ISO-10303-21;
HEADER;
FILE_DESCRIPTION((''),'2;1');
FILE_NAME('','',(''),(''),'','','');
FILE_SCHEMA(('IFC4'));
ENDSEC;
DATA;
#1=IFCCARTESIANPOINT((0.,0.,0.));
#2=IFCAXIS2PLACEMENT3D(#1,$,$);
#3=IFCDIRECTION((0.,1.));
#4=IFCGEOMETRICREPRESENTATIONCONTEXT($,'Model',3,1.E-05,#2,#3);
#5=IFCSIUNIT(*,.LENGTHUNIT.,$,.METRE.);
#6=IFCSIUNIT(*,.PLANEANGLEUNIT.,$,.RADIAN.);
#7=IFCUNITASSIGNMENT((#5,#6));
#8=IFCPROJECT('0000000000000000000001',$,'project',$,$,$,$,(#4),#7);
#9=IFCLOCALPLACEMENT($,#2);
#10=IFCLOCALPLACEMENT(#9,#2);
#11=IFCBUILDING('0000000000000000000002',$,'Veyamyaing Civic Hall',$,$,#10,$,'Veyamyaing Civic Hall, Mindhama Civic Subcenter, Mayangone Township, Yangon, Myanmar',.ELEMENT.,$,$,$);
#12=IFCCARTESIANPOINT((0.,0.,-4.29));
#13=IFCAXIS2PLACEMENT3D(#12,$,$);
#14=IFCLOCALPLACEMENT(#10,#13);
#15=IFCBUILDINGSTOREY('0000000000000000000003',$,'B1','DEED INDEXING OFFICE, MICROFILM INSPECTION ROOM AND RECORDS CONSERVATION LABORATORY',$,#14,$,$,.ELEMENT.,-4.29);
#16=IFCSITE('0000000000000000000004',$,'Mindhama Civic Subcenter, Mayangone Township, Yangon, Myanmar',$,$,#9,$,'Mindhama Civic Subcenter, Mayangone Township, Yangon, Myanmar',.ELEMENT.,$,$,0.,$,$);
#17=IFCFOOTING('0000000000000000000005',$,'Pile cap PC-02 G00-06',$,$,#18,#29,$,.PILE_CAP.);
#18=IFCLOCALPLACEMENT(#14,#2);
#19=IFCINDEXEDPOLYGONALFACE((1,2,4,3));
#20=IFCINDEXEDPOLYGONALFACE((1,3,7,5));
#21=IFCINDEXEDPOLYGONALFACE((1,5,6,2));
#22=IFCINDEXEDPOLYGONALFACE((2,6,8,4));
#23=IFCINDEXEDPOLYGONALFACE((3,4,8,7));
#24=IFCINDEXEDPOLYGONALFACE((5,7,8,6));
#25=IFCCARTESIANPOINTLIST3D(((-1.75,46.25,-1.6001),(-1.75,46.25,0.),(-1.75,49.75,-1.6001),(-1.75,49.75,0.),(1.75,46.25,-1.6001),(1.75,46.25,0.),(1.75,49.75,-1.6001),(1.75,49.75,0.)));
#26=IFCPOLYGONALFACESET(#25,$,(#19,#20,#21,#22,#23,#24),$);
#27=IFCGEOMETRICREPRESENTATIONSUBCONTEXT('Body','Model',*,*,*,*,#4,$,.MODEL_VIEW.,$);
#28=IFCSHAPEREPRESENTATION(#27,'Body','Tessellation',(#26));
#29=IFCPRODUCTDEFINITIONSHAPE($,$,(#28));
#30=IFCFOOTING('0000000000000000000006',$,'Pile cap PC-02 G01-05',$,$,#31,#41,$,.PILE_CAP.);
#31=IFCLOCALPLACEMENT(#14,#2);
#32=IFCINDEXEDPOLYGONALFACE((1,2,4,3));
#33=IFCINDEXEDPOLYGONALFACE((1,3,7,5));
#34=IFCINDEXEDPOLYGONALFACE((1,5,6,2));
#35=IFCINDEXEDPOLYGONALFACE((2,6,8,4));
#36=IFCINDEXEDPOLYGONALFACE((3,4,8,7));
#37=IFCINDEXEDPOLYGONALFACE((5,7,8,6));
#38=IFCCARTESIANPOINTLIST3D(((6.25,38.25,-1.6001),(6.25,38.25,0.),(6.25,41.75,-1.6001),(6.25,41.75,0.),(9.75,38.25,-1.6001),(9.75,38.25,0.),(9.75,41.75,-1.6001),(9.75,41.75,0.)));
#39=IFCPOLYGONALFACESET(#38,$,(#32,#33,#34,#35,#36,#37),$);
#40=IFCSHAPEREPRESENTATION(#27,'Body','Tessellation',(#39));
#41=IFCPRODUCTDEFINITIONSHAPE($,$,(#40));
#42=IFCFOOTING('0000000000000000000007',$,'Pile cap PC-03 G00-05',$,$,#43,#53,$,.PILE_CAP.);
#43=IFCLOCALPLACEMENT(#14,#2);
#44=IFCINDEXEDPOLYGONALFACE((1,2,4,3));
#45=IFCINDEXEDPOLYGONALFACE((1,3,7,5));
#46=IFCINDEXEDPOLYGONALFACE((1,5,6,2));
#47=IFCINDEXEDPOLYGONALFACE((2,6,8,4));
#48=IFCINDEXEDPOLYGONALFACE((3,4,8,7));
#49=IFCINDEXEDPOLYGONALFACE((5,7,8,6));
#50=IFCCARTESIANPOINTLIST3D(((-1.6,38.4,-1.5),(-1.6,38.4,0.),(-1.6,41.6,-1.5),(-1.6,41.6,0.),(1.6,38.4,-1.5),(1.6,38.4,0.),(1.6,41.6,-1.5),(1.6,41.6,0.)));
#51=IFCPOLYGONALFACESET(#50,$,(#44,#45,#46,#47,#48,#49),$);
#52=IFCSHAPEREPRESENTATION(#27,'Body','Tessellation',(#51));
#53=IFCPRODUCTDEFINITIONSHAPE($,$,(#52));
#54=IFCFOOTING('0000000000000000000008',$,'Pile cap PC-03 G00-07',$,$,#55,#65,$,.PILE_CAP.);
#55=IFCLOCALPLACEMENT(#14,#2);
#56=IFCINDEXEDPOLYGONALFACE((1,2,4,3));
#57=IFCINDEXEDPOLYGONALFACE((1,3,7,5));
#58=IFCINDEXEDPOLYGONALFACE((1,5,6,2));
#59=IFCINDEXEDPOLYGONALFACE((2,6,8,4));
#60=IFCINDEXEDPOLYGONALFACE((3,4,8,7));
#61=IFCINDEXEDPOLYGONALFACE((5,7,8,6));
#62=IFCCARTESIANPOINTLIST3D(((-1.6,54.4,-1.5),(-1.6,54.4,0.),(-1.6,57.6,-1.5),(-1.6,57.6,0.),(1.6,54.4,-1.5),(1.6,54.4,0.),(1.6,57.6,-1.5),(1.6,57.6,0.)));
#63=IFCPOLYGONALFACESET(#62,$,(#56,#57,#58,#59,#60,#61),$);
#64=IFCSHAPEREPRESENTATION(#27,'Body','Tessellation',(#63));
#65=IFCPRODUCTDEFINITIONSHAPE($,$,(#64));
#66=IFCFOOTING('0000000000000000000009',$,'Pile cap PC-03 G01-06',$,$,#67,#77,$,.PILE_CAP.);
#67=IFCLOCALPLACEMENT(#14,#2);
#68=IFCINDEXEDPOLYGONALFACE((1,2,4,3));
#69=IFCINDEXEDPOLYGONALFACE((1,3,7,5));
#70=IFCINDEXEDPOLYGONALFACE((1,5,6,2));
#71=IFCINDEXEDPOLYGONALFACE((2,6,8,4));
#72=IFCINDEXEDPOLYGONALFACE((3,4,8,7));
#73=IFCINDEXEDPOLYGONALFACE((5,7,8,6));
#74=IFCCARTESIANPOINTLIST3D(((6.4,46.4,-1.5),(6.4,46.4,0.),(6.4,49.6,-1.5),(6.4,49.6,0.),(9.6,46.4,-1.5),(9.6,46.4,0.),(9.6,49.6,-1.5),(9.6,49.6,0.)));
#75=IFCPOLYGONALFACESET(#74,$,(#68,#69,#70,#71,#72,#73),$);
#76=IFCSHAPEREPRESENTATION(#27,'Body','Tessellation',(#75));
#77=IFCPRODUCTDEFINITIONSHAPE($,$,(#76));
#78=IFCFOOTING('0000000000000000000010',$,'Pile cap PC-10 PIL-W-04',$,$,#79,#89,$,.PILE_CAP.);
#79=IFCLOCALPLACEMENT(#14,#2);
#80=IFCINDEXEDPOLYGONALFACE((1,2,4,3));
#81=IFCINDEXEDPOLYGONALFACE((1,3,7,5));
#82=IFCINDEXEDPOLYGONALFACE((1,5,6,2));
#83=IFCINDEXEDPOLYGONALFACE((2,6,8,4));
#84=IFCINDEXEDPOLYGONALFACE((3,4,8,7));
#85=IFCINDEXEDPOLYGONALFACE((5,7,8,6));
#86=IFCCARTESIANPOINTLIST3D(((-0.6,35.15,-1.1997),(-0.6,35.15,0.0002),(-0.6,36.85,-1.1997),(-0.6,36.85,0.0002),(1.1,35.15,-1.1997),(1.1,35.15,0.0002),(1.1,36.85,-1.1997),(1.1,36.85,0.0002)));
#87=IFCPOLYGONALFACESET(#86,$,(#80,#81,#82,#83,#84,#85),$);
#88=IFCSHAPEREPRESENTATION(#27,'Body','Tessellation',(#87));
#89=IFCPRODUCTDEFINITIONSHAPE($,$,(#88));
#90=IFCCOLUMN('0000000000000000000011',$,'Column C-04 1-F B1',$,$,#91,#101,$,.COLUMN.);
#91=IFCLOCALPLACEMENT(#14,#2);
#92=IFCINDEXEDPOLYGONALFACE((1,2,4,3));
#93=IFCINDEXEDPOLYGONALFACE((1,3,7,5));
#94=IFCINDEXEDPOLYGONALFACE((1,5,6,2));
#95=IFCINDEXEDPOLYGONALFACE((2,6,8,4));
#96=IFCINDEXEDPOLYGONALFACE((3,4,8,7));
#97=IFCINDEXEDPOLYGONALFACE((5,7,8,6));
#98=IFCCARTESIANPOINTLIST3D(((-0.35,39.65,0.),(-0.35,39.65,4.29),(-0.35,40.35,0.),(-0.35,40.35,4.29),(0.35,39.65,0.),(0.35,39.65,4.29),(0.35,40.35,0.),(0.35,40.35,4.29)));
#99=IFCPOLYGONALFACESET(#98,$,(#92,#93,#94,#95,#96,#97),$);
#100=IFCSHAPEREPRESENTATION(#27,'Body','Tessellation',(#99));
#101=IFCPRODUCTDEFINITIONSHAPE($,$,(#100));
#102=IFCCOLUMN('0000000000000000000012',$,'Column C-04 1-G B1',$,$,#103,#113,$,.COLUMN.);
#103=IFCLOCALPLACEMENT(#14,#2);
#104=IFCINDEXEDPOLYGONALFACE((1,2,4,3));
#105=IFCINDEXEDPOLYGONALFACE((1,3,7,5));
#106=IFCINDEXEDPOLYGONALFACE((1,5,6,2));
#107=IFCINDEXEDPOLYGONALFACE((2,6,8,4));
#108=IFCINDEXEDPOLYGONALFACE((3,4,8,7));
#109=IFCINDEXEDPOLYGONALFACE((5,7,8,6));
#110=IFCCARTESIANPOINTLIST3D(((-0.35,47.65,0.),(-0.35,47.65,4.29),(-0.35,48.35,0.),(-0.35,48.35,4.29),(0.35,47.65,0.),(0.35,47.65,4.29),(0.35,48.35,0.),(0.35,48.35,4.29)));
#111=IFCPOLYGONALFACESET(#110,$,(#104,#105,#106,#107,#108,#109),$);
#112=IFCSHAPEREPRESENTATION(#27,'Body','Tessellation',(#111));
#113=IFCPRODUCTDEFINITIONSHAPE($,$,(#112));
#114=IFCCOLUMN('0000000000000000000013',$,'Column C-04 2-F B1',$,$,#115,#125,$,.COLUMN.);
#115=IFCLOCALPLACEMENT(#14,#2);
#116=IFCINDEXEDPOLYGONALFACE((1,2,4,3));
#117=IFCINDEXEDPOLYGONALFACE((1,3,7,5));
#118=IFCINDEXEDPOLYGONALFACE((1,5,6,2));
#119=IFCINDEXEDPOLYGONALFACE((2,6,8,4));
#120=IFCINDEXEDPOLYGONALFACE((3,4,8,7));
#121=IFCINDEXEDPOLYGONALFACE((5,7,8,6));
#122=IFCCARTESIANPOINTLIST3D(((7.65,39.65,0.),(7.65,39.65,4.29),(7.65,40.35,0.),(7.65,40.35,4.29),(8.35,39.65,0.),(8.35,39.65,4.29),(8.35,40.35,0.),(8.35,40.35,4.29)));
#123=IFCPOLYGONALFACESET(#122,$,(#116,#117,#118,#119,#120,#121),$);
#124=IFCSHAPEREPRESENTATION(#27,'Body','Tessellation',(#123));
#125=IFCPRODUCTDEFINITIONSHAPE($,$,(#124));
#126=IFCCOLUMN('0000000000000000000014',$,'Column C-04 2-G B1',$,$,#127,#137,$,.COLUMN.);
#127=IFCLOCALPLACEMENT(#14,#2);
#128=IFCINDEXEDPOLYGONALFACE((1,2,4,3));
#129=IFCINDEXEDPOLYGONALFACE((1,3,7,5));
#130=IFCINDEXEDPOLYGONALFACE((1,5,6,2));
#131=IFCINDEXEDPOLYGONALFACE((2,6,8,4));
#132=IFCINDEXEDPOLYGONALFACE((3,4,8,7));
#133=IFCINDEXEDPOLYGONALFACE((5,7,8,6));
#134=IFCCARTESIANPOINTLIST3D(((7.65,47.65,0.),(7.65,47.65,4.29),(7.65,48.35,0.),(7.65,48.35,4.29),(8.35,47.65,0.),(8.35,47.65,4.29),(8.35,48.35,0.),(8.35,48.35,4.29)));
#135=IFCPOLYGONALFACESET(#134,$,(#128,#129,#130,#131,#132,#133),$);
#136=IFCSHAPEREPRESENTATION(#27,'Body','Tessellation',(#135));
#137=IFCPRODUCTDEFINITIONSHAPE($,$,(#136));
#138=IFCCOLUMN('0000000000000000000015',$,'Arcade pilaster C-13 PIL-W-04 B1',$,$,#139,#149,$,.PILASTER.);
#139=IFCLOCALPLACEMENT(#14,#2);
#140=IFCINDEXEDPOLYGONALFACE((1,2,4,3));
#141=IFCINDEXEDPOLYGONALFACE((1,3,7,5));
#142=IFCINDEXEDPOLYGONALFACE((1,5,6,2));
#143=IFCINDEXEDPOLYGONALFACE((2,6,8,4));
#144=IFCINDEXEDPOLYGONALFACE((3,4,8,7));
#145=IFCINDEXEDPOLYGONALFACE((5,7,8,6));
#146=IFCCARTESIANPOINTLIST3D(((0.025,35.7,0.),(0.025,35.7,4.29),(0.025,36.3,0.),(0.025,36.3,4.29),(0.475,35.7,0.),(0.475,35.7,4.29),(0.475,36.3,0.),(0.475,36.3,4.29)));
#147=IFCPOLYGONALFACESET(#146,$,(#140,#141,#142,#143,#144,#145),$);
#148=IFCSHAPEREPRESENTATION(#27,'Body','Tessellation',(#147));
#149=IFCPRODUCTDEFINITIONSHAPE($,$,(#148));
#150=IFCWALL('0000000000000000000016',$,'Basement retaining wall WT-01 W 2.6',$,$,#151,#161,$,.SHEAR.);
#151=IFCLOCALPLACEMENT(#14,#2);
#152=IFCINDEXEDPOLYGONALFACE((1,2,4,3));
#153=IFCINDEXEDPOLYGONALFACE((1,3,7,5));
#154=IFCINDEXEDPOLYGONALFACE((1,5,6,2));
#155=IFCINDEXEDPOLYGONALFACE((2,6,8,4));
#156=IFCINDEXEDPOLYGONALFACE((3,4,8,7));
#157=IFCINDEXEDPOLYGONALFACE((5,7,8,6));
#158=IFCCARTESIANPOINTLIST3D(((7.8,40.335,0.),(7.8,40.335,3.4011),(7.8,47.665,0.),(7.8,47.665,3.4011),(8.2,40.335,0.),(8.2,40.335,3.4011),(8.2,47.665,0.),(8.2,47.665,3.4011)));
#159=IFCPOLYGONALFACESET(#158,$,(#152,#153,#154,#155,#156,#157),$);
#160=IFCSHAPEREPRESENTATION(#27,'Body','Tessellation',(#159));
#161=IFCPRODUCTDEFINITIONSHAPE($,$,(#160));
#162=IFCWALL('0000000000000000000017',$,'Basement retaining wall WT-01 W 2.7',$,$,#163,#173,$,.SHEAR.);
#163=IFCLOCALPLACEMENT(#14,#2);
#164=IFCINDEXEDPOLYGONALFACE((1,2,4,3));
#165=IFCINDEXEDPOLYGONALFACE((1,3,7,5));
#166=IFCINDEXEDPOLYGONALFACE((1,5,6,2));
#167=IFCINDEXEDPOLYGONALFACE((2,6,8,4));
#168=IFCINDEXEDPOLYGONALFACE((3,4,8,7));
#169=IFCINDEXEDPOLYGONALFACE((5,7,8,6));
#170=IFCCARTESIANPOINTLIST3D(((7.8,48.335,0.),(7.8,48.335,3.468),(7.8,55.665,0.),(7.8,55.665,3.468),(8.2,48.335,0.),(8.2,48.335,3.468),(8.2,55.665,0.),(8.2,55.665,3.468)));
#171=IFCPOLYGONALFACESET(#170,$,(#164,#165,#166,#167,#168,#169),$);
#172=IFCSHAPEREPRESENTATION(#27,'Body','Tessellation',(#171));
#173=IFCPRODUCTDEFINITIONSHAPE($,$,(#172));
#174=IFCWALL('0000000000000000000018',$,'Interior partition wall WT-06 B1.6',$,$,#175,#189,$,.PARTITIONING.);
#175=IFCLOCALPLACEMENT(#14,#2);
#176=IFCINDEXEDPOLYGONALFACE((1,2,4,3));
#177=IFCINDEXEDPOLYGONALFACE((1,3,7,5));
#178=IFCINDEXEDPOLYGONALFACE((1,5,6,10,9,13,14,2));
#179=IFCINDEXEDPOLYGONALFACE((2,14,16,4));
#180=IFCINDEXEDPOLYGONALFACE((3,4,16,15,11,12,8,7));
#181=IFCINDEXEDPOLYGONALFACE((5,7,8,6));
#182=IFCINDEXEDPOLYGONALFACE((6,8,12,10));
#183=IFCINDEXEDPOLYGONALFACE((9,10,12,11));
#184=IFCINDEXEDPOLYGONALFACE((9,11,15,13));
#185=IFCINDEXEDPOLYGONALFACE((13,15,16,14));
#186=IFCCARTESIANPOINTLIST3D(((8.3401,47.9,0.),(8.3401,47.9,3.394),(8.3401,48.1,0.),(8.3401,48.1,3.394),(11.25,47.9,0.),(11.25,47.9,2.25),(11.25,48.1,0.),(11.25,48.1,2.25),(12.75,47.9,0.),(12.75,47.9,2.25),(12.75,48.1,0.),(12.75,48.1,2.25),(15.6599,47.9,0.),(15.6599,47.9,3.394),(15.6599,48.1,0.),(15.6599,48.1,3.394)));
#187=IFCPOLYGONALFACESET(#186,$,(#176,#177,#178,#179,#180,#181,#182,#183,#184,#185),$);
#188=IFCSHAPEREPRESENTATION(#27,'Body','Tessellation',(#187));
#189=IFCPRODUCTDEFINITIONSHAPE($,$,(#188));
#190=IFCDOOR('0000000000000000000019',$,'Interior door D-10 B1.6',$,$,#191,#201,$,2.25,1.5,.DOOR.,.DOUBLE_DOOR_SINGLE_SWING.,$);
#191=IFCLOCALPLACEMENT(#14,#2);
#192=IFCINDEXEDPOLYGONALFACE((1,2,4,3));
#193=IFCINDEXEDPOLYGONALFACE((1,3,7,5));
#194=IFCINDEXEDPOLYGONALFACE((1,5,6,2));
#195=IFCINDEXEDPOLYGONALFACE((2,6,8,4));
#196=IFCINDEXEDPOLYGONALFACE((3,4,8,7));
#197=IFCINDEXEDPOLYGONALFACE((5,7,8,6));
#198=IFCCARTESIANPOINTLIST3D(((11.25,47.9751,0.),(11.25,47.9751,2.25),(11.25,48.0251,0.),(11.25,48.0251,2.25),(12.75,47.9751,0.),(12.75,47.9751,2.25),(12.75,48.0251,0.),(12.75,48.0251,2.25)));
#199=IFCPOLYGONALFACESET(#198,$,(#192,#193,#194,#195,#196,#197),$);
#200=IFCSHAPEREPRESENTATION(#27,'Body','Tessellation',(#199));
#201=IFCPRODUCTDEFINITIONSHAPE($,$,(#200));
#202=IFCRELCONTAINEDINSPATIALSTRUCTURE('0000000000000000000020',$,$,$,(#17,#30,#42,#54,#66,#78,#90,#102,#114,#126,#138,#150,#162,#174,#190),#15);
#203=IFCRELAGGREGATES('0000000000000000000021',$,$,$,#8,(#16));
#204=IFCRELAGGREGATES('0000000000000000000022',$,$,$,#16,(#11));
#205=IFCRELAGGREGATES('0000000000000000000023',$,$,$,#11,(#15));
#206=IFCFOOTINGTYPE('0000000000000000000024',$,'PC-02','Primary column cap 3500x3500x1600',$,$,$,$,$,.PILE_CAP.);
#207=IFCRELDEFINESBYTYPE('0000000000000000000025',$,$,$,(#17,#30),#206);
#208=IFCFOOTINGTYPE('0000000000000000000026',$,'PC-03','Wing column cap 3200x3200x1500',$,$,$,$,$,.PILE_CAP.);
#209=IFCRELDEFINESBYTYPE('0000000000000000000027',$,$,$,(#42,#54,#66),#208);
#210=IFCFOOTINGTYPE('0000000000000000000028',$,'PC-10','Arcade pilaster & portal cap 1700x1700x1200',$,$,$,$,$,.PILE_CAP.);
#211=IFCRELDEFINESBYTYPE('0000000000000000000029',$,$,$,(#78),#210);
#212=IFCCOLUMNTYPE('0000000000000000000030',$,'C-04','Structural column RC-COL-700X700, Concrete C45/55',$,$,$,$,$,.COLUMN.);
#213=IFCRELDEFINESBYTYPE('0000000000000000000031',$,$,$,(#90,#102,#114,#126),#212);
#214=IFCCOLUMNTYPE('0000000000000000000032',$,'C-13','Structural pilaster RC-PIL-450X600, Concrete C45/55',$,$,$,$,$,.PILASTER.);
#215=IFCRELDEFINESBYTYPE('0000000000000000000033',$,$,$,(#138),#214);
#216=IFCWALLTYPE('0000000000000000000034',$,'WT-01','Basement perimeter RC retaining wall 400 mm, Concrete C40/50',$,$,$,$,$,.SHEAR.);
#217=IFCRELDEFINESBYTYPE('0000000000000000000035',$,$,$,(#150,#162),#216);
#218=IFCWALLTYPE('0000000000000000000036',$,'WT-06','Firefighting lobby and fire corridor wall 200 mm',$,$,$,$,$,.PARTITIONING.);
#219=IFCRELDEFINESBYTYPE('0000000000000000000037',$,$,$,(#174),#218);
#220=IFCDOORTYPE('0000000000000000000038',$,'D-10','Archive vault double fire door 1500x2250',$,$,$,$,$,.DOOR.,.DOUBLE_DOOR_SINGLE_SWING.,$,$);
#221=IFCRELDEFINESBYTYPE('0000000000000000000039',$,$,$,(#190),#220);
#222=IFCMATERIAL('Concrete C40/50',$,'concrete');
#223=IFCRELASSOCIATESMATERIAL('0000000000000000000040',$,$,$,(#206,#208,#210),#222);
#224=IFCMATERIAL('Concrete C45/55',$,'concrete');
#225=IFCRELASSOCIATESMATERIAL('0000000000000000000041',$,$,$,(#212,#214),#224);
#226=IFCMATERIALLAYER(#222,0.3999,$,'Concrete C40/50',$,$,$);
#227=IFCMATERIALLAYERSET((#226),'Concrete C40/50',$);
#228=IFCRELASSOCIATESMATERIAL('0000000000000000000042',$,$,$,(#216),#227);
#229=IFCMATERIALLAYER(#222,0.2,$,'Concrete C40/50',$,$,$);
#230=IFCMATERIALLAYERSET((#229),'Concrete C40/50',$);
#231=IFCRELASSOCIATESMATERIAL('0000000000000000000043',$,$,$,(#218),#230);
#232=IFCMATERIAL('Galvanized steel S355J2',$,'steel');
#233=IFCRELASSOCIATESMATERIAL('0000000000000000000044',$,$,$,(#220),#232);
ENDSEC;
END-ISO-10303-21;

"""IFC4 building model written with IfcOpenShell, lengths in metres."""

from ifc_helpers import new_model, si_unit, direction, frame, frame_2d, origin, origin_2d, place, context, subcontext, project, spatial, rectangle, extrude, material, layer, layer_set, material_profile, profile_set, type_object, element, fill, save


model = new_model("IFC4")

# Units and contexts
model_context = context("Model", 3, precision=1e-05, world=origin(), true_north=direction((0.0, 1.0)))
body_context = subcontext(model_context, "Body", "Model", "MODEL_VIEW")
ifc_project = project(units=[si_unit("LENGTHUNIT", "METRE"), si_unit("PLANEANGLEUNIT", "RADIAN")], contexts=[model_context])

# Site, building, storey
site_placement = place(None, origin())
site = spatial("IfcSite", under=ifc_project, at=site_placement, Name="Mindhama Civic Subcenter, Mayangone Township, Yangon, Myanmar", LongName="Mindhama Civic Subcenter, Mayangone Township, Yangon, Myanmar", CompositionType="ELEMENT", RefElevation=0.0)
building_placement = place(site_placement, origin())
building = spatial("IfcBuilding", under=site, at=building_placement, Name="Veyamyaing Civic Hall", LongName="Veyamyaing Civic Hall, Mindhama Civic Subcenter, Mayangone Township, Yangon, Myanmar", CompositionType="ELEMENT")
storey_placement = place(building_placement, frame((0.0, 0.0, -4.29)))
storey = spatial("IfcBuildingStorey", under=building, at=storey_placement, Name="B1", Description="DEED INDEXING OFFICE, MICROFILM INSPECTION ROOM AND RECORDS CONSERVATION LABORATORY", CompositionType="ELEMENT", Elevation=-4.29)

# Shared definitions
ifc_material_1 = material(Name="Concrete C40/50", Category="concrete")

# Footings
footing_type_1 = type_object("IfcFootingType", Name="PC-02", Description="Primary column cap 3500x3500x1600", PredefinedType="PILE_CAP", material=ifc_material_1)
for number, where, z_axis, x_axis, name in (
    (1, (0.0, 48.0, -1.6001), (0.0, 0.0, 1.0), (1.0, 0.0, 0.0), "Pile cap PC-02 G00-06"),
    (2, (8.0, 40.0, -1.6001), (0.0, 0.0, 1.0), (1.0, 0.0, 0.0), "Pile cap PC-02 G01-05"),
):
    element("IfcFooting", number, at=place(storey_placement, frame(where, z_axis=z_axis, x_axis=x_axis)), inside=storey, type_object=footing_type_1, Name=name, PredefinedType="PILE_CAP", context=body_context, shape_type="SweptSolid", body=[
        extrude(rectangle(XDim=3.5, YDim=3.5, at=origin_2d()), origin(), (0.0, 0.0, 1.0), 1.6001),
    ])
footing_type_2 = type_object("IfcFootingType", Name="PC-03", Description="Wing column cap 3200x3200x1500", PredefinedType="PILE_CAP", material=ifc_material_1)
for number, where, z_axis, x_axis, name in (
    (3, (0.0, 40.0, -1.5), (0.0, 0.0, 1.0), (1.0, 0.0, 0.0), "Pile cap PC-03 G00-05"),
    (4, (0.0, 56.0, -1.5), (0.0, 0.0, 1.0), (1.0, 0.0, 0.0), "Pile cap PC-03 G00-07"),
    (5, (8.0, 48.0, -1.5), (0.0, 0.0, 1.0), (1.0, 0.0, 0.0), "Pile cap PC-03 G01-06"),
):
    element("IfcFooting", number, at=place(storey_placement, frame(where, z_axis=z_axis, x_axis=x_axis)), inside=storey, type_object=footing_type_2, Name=name, PredefinedType="PILE_CAP", context=body_context, shape_type="SweptSolid", body=[
        extrude(rectangle(XDim=3.2, YDim=3.2, at=origin_2d()), origin(), (0.0, 0.0, 1.0), 1.5),
    ])
footing_type_3 = type_object("IfcFootingType", Name="PC-10", Description="Arcade pilaster & portal cap 1700x1700x1200", PredefinedType="PILE_CAP", material=ifc_material_1)
footing_1_placement = place(storey_placement, frame((0.25, 36.0, -1.1997), z_axis=(0.0, 0.0, 1.0), x_axis=(1.0, 0.0, 0.0)))
element("IfcFooting", 6, at=footing_1_placement, inside=storey, type_object=footing_type_3, Name="Pile cap PC-10 PIL-W-04", PredefinedType="PILE_CAP", context=body_context, shape_type="SweptSolid", body=[
    extrude(rectangle(XDim=1.7, YDim=1.7, at=origin_2d()), origin(), (0.0, 0.0, 1.0), 1.2),
])

# Columns
ifc_material_2 = material(Name="Concrete C45/55", Category="concrete")
ifc_material_profile_1 = material_profile(ifc_material_2, rectangle(XDim=0.7, YDim=0.7, at=origin_2d()), Name="RC-COL-700X700")
ifc_profile_set_1 = profile_set([ifc_material_profile_1], Name="Concrete C45/55")
column_type_1 = type_object("IfcColumnType", Name="C-04", Description="Structural column RC-COL-700X700, Concrete C45/55", PredefinedType="COLUMN", material=ifc_profile_set_1)
for number, where, z_axis, x_axis, name in (
    (7, (0.0, 40.0, 0.0), (0.0, 0.0, 1.0), (1.0, 0.0, 0.0), "Column C-04 1-F B1"),
    (8, (0.0, 48.0, 0.0), (0.0, 0.0, 1.0), (1.0, 0.0, 0.0), "Column C-04 1-G B1"),
    (9, (8.0, 40.0, 0.0), (0.0, 0.0, 1.0), (1.0, 0.0, 0.0), "Column C-04 2-F B1"),
    (10, (8.0, 48.0, 0.0), (0.0, 0.0, 1.0), (1.0, 0.0, 0.0), "Column C-04 2-G B1"),
):
    element("IfcColumn", number, at=place(storey_placement, frame(where, z_axis=z_axis, x_axis=x_axis)), inside=storey, type_object=column_type_1, Name=name, PredefinedType="COLUMN", context=body_context, shape_type="SweptSolid", body=[
        extrude(rectangle(XDim=0.7, YDim=0.7, at=origin_2d()), origin(), (0.0, 0.0, 1.0), 4.29),
    ])
ifc_material_profile_2 = material_profile(ifc_material_2, rectangle(XDim=0.45, YDim=0.6001, at=origin_2d()), Name="RC-PIL-450X600")
ifc_profile_set_2 = profile_set([ifc_material_profile_2], Name="Concrete C45/55")
column_type_2 = type_object("IfcColumnType", Name="C-13", Description="Structural pilaster RC-PIL-450X600, Concrete C45/55", PredefinedType="PILASTER", material=ifc_profile_set_2)
column_placement = place(storey_placement, frame((0.25, 36.0, 0.0), z_axis=(0.0, 0.0, 1.0), x_axis=(1.0, 0.0, 0.0)))
element("IfcColumn", 11, at=column_placement, inside=storey, type_object=column_type_2, Name="Arcade pilaster C-13 PIL-W-04 B1", PredefinedType="PILASTER", context=body_context, shape_type="SweptSolid", body=[
    extrude(rectangle(XDim=0.45, YDim=0.6001, at=origin_2d()), origin(), (0.0, 0.0, 1.0), 4.29),
])

# Walls
ifc_layer_1 = layer(ifc_material_1, 0.3999, Name="Concrete C40/50")
ifc_layer_set_1 = layer_set([ifc_layer_1], Name="Concrete C40/50")
wall_type_1 = type_object("IfcWallType", Name="WT-01", Description="Basement perimeter RC retaining wall 400 mm, Concrete C40/50", PredefinedType="SHEAR", material=ifc_layer_set_1)
wall_1_placement = place(storey_placement, frame((8.0, 40.335, 0.0), z_axis=(0.0, 0.0, 1.0), x_axis=(0.0, 1.0, 0.0)))
element("IfcWall", 12, at=wall_1_placement, inside=storey, type_object=wall_type_1, Name="Basement retaining wall WT-01 W 2.6", PredefinedType="SHEAR", context=body_context, shape_type="SweptSolid", body=[
    extrude(rectangle(XDim=7.3301, YDim=0.3999, at=frame_2d((3.665, 0.0))), origin(), (0.0, 0.0, 1.0), 3.4011),
])
wall_2_placement = place(storey_placement, frame((8.0, 48.335, 0.0), z_axis=(0.0, 0.0, 1.0), x_axis=(0.0, 1.0, 0.0)))
element("IfcWall", 13, at=wall_2_placement, inside=storey, type_object=wall_type_1, Name="Basement retaining wall WT-01 W 2.7", PredefinedType="SHEAR", context=body_context, shape_type="SweptSolid", body=[
    extrude(rectangle(XDim=7.3301, YDim=0.3999, at=frame_2d((3.665, 0.0))), origin(), (0.0, 0.0, 1.0), 3.468),
])

# Wall, opening, door
ifc_layer_2 = layer(ifc_material_1, 0.2, Name="Concrete C40/50")
ifc_layer_set_2 = layer_set([ifc_layer_2], Name="Concrete C40/50")
wall_type_2 = type_object("IfcWallType", Name="WT-06", Description="Firefighting lobby and fire corridor wall 200 mm", PredefinedType="PARTITIONING", material=ifc_layer_set_2)
wall_3_placement = place(storey_placement, frame((8.3401, 48.0, 0.0), z_axis=(0.0, 0.0, 1.0), x_axis=(1.0, 0.0, 0.0)))
wall_3 = element("IfcWall", 14, at=wall_3_placement, inside=storey, type_object=wall_type_2, Name="Interior partition wall WT-06 B1.6", PredefinedType="PARTITIONING", context=body_context, shape_type="SweptSolid", body=[
    extrude(rectangle(XDim=7.3198, YDim=0.2, at=frame_2d((3.6599, 0.0))), origin(), (0.0, 0.0, 1.0), 3.394),
])
opening_1_placement = place(wall_3_placement, frame((2.9099, 0.0, 0.0)))
opening_1 = element("IfcOpeningElement", 15, at=opening_1_placement, cuts=wall_3, PredefinedType="OPENING", context=body_context, shape_type="SweptSolid", body=[
    extrude(rectangle(XDim=1.5, YDim=2.25, at=frame_2d((0.75, 1.125))), frame((0.0, 0.1099, 0.0), z_axis=(0.0, -1.0, 0.0), x_axis=(1.0, 0.0, 0.0)), (0.0, 0.0, 1.0), 0.22),
])
ifc_material_3 = material(Name="Galvanized steel S355J2", Category="steel")
door_type_1 = type_object("IfcDoorType", Name="D-10", Description="Archive vault double fire door 1500x2250", OperationType="DOUBLE_DOOR_SINGLE_SWING", PredefinedType="DOOR", material=ifc_material_3)
door_1_placement = place(opening_1_placement, frame((1.5, 0.0, 0.0), z_axis=(0.0, 0.0, 1.0), x_axis=(-1.0, 0.0, 0.0)))
door_1 = element("IfcDoor", 16, at=door_1_placement, inside=storey, type_object=door_type_1, Name="Interior door D-10 B1.6", OperationType="DOUBLE_DOOR_SINGLE_SWING", OverallHeight=2.25, OverallWidth=1.5, PredefinedType="DOOR", context=body_context, shape_type="SweptSolid", body=[
    extrude(rectangle(XDim=1.5, YDim=2.25, at=frame_2d((0.75, 1.125))), frame((0.0, 0.0249, 0.0), z_axis=(0.0, -1.0, 0.0), x_axis=(1.0, 0.0, 0.0)), (0.0, 0.0, 1.0), 0.05),
])
fill(opening_1, door_1)

save(model, "model.ifc")
